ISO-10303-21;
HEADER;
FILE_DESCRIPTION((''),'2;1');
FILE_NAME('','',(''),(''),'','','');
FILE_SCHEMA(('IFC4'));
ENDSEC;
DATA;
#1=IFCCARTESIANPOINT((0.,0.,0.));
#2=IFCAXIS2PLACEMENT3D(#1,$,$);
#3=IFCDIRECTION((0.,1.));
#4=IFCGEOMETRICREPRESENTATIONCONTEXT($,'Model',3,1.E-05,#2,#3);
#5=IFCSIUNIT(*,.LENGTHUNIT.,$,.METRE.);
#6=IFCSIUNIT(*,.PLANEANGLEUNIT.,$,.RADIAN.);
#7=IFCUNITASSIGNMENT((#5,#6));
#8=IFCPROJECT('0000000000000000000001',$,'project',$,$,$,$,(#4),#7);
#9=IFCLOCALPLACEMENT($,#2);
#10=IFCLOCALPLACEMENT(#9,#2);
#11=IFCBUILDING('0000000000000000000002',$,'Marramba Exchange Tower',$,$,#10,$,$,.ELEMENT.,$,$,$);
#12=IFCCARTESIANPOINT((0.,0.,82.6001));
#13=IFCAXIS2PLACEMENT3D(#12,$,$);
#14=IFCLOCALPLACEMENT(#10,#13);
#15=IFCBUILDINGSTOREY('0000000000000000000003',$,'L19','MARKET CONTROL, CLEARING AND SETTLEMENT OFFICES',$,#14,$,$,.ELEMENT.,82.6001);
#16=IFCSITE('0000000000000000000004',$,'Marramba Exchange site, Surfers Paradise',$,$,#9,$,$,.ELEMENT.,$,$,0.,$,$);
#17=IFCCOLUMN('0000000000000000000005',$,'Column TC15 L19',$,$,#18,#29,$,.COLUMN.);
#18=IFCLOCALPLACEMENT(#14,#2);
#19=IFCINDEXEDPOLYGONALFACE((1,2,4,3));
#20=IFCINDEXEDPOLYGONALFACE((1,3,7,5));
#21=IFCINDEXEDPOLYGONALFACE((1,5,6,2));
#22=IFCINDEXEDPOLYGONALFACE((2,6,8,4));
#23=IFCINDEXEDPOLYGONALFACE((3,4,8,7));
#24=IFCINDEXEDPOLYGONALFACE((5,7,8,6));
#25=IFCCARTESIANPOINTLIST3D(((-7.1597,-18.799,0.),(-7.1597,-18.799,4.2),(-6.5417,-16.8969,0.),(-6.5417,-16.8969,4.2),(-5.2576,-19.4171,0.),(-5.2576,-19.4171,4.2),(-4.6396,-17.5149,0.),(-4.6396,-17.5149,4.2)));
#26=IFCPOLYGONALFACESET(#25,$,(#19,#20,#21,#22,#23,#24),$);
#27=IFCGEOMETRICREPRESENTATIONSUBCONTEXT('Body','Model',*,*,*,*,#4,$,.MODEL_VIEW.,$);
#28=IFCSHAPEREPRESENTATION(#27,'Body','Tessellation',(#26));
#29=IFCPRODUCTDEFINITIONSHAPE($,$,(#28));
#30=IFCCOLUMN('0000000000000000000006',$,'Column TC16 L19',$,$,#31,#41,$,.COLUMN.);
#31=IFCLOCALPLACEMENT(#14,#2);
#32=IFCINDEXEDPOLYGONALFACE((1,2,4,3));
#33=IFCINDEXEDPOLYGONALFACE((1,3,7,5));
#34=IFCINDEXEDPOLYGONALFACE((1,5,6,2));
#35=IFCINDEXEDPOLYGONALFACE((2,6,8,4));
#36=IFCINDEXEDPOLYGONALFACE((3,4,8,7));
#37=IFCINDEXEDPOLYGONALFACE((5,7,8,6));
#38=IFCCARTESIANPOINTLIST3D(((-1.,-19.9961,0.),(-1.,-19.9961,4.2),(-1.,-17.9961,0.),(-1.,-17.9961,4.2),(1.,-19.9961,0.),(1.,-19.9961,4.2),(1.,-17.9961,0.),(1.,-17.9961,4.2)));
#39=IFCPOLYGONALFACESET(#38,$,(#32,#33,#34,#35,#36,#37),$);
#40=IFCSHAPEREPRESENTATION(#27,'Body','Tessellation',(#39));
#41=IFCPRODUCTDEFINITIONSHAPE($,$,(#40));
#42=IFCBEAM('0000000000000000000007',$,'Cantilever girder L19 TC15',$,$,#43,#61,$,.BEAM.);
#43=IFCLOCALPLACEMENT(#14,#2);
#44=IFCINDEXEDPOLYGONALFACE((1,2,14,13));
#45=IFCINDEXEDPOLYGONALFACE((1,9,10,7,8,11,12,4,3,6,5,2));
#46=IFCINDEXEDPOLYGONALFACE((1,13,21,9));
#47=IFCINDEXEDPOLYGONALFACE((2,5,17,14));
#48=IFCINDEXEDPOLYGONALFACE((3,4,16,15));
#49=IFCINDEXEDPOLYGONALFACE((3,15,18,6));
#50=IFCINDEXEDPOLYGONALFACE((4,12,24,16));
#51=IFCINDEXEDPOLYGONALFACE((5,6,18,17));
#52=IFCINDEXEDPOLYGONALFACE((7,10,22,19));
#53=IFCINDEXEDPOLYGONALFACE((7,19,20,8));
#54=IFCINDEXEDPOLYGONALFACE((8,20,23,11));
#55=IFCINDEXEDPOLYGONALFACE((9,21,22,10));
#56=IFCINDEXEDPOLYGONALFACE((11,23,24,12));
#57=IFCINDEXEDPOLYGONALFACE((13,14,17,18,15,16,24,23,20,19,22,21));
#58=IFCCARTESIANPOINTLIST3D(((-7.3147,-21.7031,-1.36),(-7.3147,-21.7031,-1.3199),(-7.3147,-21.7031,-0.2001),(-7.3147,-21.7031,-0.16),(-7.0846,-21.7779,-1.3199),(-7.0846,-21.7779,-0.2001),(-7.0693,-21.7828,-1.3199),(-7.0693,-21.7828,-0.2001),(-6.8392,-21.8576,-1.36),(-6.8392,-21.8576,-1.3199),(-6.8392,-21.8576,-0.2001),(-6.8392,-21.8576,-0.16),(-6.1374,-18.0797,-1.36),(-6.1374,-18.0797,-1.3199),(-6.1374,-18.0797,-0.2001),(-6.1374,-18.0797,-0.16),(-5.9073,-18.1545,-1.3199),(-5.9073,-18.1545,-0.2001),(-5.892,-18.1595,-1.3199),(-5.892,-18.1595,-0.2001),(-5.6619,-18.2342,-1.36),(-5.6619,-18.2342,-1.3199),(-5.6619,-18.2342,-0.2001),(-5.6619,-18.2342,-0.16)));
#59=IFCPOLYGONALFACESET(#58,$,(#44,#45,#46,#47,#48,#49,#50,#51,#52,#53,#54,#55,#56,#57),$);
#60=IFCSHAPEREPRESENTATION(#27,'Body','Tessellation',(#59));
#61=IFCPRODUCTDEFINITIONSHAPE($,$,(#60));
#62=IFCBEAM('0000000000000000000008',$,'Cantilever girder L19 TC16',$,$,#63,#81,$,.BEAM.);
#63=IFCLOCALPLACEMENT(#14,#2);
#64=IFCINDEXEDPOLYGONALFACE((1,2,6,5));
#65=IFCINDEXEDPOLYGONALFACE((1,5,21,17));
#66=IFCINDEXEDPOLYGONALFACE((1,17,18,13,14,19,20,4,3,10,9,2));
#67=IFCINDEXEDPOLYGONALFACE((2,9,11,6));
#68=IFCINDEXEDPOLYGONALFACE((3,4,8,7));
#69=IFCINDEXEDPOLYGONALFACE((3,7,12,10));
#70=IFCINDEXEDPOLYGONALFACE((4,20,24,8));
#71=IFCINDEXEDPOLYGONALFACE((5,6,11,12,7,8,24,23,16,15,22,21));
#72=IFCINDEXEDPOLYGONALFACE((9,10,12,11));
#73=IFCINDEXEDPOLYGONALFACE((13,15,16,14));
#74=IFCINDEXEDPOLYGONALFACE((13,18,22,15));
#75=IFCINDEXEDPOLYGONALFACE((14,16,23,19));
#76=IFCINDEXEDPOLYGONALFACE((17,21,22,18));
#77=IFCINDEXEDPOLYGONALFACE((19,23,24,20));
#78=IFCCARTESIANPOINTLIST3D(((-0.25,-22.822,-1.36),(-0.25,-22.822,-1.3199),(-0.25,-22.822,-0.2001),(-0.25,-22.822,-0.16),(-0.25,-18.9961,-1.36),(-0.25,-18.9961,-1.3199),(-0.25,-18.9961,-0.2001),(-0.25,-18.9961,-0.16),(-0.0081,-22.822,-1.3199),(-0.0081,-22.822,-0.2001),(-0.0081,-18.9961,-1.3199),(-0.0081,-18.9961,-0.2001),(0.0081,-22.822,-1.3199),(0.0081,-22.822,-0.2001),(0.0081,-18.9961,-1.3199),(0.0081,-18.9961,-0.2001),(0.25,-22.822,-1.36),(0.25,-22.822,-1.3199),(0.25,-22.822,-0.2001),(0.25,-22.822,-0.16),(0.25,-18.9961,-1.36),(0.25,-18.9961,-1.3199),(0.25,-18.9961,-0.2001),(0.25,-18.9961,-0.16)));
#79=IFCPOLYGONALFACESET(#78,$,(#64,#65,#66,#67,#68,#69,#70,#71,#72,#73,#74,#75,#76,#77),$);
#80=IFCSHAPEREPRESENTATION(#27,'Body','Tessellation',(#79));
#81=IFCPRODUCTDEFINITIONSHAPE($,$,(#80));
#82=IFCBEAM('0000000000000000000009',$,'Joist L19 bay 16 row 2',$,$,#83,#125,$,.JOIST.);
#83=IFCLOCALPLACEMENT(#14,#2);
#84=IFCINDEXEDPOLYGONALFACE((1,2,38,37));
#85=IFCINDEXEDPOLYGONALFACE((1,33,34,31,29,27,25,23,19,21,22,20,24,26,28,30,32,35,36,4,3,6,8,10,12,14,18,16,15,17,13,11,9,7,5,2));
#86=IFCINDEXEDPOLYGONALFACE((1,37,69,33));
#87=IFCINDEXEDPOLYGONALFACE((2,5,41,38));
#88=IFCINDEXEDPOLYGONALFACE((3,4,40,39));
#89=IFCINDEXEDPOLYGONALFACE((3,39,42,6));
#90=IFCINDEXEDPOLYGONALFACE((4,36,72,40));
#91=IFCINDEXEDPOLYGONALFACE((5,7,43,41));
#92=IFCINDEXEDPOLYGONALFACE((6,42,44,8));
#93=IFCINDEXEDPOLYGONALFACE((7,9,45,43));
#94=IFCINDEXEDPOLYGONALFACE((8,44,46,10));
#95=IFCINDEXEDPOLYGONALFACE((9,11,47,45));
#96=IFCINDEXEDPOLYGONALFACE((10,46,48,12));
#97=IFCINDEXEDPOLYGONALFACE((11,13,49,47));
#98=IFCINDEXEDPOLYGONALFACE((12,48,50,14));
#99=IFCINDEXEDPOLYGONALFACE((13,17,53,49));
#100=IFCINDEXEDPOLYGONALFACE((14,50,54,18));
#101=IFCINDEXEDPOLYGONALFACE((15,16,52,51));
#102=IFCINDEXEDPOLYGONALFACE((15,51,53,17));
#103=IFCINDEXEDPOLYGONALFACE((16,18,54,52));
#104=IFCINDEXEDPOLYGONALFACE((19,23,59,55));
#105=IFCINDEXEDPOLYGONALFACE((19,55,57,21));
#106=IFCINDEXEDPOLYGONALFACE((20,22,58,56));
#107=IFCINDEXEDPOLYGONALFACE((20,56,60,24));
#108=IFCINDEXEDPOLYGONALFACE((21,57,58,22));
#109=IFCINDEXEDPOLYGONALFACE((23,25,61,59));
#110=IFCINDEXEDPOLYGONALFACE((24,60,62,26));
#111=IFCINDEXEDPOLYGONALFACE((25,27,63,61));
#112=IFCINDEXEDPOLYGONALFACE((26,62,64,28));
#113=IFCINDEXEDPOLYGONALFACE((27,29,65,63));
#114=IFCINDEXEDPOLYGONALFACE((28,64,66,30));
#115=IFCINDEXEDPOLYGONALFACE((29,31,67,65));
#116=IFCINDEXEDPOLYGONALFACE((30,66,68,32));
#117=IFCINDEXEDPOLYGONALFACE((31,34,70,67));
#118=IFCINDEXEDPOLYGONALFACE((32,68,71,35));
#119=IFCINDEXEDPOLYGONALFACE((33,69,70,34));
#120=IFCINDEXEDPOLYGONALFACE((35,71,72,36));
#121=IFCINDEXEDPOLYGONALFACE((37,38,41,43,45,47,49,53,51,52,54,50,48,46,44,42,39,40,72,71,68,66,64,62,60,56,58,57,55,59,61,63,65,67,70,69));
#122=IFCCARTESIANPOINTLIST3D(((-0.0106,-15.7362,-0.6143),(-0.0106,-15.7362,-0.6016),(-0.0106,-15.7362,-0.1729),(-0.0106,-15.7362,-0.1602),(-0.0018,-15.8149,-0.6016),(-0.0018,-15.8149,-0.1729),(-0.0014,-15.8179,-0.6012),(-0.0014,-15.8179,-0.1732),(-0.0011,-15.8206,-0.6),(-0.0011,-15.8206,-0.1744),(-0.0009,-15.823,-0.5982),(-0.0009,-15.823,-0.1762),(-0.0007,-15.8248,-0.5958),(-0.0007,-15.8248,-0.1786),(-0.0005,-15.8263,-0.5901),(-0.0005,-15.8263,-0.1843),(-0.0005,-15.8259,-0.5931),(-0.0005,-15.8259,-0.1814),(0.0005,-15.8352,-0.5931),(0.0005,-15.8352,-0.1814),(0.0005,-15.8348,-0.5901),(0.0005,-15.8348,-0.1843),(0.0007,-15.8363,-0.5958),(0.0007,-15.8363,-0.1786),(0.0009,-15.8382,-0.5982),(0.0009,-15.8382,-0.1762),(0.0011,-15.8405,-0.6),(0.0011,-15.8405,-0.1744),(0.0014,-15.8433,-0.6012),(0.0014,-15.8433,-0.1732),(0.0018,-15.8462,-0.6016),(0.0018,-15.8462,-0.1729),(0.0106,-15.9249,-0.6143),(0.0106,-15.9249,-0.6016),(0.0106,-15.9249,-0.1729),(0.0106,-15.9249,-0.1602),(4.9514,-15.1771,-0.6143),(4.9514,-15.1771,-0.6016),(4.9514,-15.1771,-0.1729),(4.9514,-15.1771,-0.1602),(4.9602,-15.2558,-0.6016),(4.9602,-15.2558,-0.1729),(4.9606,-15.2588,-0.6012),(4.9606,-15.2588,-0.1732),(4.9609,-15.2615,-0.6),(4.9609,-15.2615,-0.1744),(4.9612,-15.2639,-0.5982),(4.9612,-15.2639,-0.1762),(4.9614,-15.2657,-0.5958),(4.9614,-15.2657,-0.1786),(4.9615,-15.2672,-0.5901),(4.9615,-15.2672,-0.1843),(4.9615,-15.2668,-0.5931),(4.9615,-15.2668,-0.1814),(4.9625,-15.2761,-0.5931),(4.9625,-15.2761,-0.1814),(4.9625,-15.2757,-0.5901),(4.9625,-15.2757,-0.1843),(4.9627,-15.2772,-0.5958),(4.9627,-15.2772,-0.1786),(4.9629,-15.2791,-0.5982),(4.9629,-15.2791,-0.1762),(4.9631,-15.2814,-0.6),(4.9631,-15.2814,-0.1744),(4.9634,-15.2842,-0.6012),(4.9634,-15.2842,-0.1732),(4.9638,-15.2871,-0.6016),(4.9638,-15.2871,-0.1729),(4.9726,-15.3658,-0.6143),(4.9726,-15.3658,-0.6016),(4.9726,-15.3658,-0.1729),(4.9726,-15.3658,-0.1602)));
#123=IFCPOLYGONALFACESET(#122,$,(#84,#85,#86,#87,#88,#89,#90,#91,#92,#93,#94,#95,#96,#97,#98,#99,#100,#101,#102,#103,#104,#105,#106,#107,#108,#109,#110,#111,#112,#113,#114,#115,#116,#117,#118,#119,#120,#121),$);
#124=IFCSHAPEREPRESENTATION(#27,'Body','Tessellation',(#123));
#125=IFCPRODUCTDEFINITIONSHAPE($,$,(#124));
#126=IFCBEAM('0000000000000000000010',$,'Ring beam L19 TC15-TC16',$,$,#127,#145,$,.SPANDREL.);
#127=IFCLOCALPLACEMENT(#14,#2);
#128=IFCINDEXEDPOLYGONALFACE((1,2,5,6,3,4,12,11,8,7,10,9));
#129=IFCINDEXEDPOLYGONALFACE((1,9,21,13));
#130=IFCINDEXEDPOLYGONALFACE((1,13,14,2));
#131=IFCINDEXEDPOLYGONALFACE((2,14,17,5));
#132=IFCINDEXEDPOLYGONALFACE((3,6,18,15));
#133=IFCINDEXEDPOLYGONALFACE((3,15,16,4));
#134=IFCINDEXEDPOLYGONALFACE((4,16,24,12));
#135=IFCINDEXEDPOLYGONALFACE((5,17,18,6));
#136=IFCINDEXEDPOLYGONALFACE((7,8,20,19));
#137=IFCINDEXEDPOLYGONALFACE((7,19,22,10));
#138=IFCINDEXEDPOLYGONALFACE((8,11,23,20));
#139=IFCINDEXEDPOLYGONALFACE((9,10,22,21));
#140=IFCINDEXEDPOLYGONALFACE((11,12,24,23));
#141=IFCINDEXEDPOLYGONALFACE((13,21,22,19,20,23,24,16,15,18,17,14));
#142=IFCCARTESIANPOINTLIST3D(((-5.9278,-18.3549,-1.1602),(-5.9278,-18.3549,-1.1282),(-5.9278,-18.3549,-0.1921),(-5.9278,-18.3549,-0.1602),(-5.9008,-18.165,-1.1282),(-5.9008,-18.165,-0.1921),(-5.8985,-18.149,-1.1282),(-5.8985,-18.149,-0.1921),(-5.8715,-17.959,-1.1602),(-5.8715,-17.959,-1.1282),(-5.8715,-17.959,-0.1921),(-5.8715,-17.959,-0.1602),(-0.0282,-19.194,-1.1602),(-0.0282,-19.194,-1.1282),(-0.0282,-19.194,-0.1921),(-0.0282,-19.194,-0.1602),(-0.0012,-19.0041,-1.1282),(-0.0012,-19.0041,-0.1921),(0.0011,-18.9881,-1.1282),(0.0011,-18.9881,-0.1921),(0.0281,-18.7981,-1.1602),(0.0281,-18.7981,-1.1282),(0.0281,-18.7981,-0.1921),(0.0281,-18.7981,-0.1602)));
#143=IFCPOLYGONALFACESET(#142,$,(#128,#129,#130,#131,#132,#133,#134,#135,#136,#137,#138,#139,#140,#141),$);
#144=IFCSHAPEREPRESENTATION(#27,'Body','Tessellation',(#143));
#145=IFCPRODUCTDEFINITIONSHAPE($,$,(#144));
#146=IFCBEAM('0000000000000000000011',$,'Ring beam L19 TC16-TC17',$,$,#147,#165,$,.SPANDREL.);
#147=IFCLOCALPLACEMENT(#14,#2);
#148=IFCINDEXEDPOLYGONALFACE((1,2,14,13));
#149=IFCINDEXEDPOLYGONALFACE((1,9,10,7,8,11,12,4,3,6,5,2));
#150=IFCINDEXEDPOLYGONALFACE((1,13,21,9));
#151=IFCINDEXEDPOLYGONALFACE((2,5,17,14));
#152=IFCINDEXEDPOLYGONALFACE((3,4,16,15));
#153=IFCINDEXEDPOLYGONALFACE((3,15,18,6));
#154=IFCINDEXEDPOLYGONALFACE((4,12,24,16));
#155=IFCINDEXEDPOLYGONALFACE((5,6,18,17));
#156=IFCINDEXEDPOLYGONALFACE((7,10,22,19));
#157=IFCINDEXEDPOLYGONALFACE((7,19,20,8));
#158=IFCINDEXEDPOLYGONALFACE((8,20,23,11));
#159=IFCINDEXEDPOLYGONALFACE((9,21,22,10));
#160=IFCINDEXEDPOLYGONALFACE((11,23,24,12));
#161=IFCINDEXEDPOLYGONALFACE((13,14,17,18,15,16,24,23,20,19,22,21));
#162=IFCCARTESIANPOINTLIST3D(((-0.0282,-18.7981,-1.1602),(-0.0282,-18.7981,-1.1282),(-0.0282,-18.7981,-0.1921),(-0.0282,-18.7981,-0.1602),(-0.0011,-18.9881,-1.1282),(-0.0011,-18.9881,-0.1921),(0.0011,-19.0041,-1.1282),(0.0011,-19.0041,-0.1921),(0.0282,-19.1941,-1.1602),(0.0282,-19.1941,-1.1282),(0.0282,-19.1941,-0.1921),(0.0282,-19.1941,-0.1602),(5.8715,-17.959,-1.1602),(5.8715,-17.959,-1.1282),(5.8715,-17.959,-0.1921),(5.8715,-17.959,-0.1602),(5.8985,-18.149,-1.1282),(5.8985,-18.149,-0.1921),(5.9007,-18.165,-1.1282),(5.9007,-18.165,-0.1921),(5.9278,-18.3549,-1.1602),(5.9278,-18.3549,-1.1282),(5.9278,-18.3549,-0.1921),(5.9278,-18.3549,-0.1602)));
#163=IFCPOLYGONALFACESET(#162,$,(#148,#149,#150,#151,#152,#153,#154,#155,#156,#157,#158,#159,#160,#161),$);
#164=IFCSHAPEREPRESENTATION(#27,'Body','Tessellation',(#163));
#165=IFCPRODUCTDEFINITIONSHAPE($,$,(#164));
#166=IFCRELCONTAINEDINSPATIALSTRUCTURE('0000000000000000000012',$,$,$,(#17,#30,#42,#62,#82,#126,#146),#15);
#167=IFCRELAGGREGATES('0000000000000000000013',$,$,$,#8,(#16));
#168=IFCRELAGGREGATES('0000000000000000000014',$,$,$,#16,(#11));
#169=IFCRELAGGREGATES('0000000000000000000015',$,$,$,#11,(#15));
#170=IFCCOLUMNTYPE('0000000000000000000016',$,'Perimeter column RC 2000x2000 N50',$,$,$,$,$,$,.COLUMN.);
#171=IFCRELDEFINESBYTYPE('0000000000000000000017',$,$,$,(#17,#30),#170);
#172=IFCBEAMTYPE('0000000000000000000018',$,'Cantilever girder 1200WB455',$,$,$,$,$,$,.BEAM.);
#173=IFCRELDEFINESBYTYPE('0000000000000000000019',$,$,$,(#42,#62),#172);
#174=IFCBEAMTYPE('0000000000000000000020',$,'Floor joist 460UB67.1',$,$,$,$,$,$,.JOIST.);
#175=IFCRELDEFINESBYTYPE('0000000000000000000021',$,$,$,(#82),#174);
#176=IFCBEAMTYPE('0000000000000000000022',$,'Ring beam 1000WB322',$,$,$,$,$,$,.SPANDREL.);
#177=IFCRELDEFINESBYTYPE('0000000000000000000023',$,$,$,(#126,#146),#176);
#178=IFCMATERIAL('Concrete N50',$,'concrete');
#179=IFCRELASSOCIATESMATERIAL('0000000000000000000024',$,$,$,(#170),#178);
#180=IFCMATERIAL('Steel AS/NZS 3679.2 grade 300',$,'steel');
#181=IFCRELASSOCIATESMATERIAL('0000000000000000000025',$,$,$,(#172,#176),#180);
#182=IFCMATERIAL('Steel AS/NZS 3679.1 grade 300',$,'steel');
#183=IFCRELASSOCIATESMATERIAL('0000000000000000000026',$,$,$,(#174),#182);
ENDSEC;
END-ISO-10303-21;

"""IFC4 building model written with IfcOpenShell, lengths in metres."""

from ifc_helpers import new_model, si_unit, direction, frame, origin, origin_2d, place, context, subcontext, project, spatial, rectangle, i_section, extrude, material, material_profile, profile_set, type_object, element, save


model = new_model("IFC4")

# Units and contexts
model_context = context("Model", 3, precision=1e-05, world=origin(), true_north=direction((0.0, 1.0)))
body_context = subcontext(model_context, "Body", "Model", "MODEL_VIEW")
ifc_project = project(units=[si_unit("LENGTHUNIT", "METRE"), si_unit("PLANEANGLEUNIT", "RADIAN")], contexts=[model_context])

# Site, building, storey
site_placement = place(None, origin())
site = spatial("IfcSite", under=ifc_project, at=site_placement, Name="Marramba Exchange site, Surfers Paradise", CompositionType="ELEMENT", RefElevation=0.0)
building_placement = place(site_placement, origin())
building = spatial("IfcBuilding", under=site, at=building_placement, Name="Marramba Exchange Tower", CompositionType="ELEMENT")
storey_placement = place(building_placement, frame((0.0, 0.0, 82.6001)))
storey = spatial("IfcBuildingStorey", under=building, at=storey_placement, Name="L19", Description="MARKET CONTROL, CLEARING AND SETTLEMENT OFFICES", CompositionType="ELEMENT", Elevation=82.6001)

# Columns
ifc_material_1 = material(Name="Concrete N50", Category="concrete")
ifc_material_profile_1 = material_profile(ifc_material_1, rectangle(XDim=2.0, YDim=2.0, at=origin_2d()), Name="RC 2000x2000")
ifc_profile_set_1 = profile_set([ifc_material_profile_1], Name="Concrete N50")
column_type = type_object("IfcColumnType", Name="Perimeter column RC 2000x2000 N50", PredefinedType="COLUMN", material=ifc_profile_set_1)
for number, where, z_axis, x_axis, name in (
    (1, (-5.8997, -18.157, 0.0), (0.0, 0.0, 1.0), (-0.309017, -0.951057, 0.0), "Column TC15 L19"),
    (2, (0.0, -18.9961, 0.0), (0.0, 0.0, 1.0), (0.0, -1.0, 0.0), "Column TC16 L19"),
):
    element("IfcColumn", number, at=place(storey_placement, frame(where, z_axis=z_axis, x_axis=x_axis)), inside=storey, type_object=column_type, Name=name, PredefinedType="COLUMN", context=body_context, shape_type="SweptSolid", body=[
        extrude(rectangle(XDim=2.0, YDim=2.0, at=origin_2d()), origin(), (0.0, 0.0, 1.0), 4.2),
    ])

# Beams
ifc_material_2 = material(Name="Steel AS/NZS 3679.2 grade 300", Category="steel")
ifc_material_profile_2 = material_profile(ifc_material_2, i_section(OverallWidth=0.5, OverallDepth=1.2, WebThickness=0.0161, FlangeThickness=0.04, at=origin_2d()), Name="1200WB455")
ifc_profile_set_2 = profile_set([ifc_material_profile_2], Name="Steel AS/NZS 3679.2 grade 300")
beam_type_1 = type_object("IfcBeamType", Name="Cantilever girder 1200WB455", PredefinedType="BEAM", material=ifc_profile_set_2)
beam_1_placement = place(storey_placement, frame((-5.8997, -18.157, -0.76), z_axis=(-0.309009, -0.951059, 0.0), x_axis=(0.951059, -0.309009, 0.0)))
element("IfcBeam", 3, at=beam_1_placement, inside=storey, type_object=beam_type_1, Name="Cantilever girder L19 TC15", PredefinedType="BEAM", context=body_context, shape_type="SweptSolid", body=[
    extrude(i_section(OverallWidth=0.5, OverallDepth=1.2, WebThickness=0.0161, FlangeThickness=0.04, at=origin_2d()), origin(), (0.0, 0.0, 1.0), 3.8098),
])
beam_2_placement = place(storey_placement, frame((0.0, -18.9961, -0.76), z_axis=(0.0, -1.0, 0.0), x_axis=(1.0, 0.0, 0.0)))
element("IfcBeam", 4, at=beam_2_placement, inside=storey, type_object=beam_type_1, Name="Cantilever girder L19 TC16", PredefinedType="BEAM", context=body_context, shape_type="SweptSolid", body=[
    extrude(i_section(OverallWidth=0.5, OverallDepth=1.2, WebThickness=0.0161, FlangeThickness=0.04, at=origin_2d()), origin(), (0.0, 0.0, 1.0), 3.8259),
])
ifc_material_3 = material(Name="Steel AS/NZS 3679.1 grade 300", Category="steel")
ifc_material_profile_3 = material_profile(ifc_material_3, i_section(OverallWidth=0.1899, OverallDepth=0.4541, WebThickness=0.0085, FlangeThickness=0.0127, FilletRadius=0.0115, at=origin_2d()), Name="460UB67.1")
ifc_profile_set_3 = profile_set([ifc_material_profile_3], Name="Steel AS/NZS 3679.1 grade 300")
beam_type_2 = type_object("IfcBeamType", Name="Floor joist 460UB67.1", PredefinedType="JOIST", material=ifc_profile_set_3)
beam_3_placement = place(storey_placement, frame((0.0, -15.8306, -0.3872), z_axis=(0.993712, 0.111966, 0.0), x_axis=(-0.111966, 0.993712, 0.0)))
element("IfcBeam", 5, at=beam_3_placement, inside=storey, type_object=beam_type_2, Name="Joist L19 bay 16 row 2", PredefinedType="JOIST", context=body_context, shape_type="SweptSolid", body=[
    extrude(i_section(OverallWidth=0.1899, OverallDepth=0.4541, WebThickness=0.0085, FlangeThickness=0.0127, FilletRadius=0.0115, at=origin_2d()), origin(), (0.0, 0.0, 1.0), 4.9934),
])
ifc_material_profile_4 = material_profile(ifc_material_2, i_section(OverallWidth=0.3999, OverallDepth=1.0, WebThickness=0.0161, FlangeThickness=0.032, at=origin_2d()), Name="1000WB322")
ifc_profile_set_4 = profile_set([ifc_material_profile_4], Name="Steel AS/NZS 3679.2 grade 300")
beam_type_3 = type_object("IfcBeamType", Name="Ring beam 1000WB322", PredefinedType="SPANDREL", material=ifc_profile_set_4)
for number, where, z_axis, x_axis, name in (
    (6, (-5.8997, -18.157, -0.6602), (0.990036, -0.140813, 0.0), (0.140813, 0.990036, 0.0), "Ring beam L19 TC15-TC16"),
    (7, (0.0, -18.9961, -0.6602), (0.990036, 0.140813, 0.0), (-0.140813, 0.990036, 0.0), "Ring beam L19 TC16-TC17"),
):
    element("IfcBeam", number, at=place(storey_placement, frame(where, z_axis=z_axis, x_axis=x_axis)), inside=storey, type_object=beam_type_3, Name=name, PredefinedType="SPANDREL", context=body_context, shape_type="SweptSolid", body=[
        extrude(i_section(OverallWidth=0.3999, OverallDepth=1.0, WebThickness=0.0161, FlangeThickness=0.032, at=origin_2d()), origin(), (0.0, 0.0, 1.0), 5.959),
    ])

save(model, "model.ifc")
